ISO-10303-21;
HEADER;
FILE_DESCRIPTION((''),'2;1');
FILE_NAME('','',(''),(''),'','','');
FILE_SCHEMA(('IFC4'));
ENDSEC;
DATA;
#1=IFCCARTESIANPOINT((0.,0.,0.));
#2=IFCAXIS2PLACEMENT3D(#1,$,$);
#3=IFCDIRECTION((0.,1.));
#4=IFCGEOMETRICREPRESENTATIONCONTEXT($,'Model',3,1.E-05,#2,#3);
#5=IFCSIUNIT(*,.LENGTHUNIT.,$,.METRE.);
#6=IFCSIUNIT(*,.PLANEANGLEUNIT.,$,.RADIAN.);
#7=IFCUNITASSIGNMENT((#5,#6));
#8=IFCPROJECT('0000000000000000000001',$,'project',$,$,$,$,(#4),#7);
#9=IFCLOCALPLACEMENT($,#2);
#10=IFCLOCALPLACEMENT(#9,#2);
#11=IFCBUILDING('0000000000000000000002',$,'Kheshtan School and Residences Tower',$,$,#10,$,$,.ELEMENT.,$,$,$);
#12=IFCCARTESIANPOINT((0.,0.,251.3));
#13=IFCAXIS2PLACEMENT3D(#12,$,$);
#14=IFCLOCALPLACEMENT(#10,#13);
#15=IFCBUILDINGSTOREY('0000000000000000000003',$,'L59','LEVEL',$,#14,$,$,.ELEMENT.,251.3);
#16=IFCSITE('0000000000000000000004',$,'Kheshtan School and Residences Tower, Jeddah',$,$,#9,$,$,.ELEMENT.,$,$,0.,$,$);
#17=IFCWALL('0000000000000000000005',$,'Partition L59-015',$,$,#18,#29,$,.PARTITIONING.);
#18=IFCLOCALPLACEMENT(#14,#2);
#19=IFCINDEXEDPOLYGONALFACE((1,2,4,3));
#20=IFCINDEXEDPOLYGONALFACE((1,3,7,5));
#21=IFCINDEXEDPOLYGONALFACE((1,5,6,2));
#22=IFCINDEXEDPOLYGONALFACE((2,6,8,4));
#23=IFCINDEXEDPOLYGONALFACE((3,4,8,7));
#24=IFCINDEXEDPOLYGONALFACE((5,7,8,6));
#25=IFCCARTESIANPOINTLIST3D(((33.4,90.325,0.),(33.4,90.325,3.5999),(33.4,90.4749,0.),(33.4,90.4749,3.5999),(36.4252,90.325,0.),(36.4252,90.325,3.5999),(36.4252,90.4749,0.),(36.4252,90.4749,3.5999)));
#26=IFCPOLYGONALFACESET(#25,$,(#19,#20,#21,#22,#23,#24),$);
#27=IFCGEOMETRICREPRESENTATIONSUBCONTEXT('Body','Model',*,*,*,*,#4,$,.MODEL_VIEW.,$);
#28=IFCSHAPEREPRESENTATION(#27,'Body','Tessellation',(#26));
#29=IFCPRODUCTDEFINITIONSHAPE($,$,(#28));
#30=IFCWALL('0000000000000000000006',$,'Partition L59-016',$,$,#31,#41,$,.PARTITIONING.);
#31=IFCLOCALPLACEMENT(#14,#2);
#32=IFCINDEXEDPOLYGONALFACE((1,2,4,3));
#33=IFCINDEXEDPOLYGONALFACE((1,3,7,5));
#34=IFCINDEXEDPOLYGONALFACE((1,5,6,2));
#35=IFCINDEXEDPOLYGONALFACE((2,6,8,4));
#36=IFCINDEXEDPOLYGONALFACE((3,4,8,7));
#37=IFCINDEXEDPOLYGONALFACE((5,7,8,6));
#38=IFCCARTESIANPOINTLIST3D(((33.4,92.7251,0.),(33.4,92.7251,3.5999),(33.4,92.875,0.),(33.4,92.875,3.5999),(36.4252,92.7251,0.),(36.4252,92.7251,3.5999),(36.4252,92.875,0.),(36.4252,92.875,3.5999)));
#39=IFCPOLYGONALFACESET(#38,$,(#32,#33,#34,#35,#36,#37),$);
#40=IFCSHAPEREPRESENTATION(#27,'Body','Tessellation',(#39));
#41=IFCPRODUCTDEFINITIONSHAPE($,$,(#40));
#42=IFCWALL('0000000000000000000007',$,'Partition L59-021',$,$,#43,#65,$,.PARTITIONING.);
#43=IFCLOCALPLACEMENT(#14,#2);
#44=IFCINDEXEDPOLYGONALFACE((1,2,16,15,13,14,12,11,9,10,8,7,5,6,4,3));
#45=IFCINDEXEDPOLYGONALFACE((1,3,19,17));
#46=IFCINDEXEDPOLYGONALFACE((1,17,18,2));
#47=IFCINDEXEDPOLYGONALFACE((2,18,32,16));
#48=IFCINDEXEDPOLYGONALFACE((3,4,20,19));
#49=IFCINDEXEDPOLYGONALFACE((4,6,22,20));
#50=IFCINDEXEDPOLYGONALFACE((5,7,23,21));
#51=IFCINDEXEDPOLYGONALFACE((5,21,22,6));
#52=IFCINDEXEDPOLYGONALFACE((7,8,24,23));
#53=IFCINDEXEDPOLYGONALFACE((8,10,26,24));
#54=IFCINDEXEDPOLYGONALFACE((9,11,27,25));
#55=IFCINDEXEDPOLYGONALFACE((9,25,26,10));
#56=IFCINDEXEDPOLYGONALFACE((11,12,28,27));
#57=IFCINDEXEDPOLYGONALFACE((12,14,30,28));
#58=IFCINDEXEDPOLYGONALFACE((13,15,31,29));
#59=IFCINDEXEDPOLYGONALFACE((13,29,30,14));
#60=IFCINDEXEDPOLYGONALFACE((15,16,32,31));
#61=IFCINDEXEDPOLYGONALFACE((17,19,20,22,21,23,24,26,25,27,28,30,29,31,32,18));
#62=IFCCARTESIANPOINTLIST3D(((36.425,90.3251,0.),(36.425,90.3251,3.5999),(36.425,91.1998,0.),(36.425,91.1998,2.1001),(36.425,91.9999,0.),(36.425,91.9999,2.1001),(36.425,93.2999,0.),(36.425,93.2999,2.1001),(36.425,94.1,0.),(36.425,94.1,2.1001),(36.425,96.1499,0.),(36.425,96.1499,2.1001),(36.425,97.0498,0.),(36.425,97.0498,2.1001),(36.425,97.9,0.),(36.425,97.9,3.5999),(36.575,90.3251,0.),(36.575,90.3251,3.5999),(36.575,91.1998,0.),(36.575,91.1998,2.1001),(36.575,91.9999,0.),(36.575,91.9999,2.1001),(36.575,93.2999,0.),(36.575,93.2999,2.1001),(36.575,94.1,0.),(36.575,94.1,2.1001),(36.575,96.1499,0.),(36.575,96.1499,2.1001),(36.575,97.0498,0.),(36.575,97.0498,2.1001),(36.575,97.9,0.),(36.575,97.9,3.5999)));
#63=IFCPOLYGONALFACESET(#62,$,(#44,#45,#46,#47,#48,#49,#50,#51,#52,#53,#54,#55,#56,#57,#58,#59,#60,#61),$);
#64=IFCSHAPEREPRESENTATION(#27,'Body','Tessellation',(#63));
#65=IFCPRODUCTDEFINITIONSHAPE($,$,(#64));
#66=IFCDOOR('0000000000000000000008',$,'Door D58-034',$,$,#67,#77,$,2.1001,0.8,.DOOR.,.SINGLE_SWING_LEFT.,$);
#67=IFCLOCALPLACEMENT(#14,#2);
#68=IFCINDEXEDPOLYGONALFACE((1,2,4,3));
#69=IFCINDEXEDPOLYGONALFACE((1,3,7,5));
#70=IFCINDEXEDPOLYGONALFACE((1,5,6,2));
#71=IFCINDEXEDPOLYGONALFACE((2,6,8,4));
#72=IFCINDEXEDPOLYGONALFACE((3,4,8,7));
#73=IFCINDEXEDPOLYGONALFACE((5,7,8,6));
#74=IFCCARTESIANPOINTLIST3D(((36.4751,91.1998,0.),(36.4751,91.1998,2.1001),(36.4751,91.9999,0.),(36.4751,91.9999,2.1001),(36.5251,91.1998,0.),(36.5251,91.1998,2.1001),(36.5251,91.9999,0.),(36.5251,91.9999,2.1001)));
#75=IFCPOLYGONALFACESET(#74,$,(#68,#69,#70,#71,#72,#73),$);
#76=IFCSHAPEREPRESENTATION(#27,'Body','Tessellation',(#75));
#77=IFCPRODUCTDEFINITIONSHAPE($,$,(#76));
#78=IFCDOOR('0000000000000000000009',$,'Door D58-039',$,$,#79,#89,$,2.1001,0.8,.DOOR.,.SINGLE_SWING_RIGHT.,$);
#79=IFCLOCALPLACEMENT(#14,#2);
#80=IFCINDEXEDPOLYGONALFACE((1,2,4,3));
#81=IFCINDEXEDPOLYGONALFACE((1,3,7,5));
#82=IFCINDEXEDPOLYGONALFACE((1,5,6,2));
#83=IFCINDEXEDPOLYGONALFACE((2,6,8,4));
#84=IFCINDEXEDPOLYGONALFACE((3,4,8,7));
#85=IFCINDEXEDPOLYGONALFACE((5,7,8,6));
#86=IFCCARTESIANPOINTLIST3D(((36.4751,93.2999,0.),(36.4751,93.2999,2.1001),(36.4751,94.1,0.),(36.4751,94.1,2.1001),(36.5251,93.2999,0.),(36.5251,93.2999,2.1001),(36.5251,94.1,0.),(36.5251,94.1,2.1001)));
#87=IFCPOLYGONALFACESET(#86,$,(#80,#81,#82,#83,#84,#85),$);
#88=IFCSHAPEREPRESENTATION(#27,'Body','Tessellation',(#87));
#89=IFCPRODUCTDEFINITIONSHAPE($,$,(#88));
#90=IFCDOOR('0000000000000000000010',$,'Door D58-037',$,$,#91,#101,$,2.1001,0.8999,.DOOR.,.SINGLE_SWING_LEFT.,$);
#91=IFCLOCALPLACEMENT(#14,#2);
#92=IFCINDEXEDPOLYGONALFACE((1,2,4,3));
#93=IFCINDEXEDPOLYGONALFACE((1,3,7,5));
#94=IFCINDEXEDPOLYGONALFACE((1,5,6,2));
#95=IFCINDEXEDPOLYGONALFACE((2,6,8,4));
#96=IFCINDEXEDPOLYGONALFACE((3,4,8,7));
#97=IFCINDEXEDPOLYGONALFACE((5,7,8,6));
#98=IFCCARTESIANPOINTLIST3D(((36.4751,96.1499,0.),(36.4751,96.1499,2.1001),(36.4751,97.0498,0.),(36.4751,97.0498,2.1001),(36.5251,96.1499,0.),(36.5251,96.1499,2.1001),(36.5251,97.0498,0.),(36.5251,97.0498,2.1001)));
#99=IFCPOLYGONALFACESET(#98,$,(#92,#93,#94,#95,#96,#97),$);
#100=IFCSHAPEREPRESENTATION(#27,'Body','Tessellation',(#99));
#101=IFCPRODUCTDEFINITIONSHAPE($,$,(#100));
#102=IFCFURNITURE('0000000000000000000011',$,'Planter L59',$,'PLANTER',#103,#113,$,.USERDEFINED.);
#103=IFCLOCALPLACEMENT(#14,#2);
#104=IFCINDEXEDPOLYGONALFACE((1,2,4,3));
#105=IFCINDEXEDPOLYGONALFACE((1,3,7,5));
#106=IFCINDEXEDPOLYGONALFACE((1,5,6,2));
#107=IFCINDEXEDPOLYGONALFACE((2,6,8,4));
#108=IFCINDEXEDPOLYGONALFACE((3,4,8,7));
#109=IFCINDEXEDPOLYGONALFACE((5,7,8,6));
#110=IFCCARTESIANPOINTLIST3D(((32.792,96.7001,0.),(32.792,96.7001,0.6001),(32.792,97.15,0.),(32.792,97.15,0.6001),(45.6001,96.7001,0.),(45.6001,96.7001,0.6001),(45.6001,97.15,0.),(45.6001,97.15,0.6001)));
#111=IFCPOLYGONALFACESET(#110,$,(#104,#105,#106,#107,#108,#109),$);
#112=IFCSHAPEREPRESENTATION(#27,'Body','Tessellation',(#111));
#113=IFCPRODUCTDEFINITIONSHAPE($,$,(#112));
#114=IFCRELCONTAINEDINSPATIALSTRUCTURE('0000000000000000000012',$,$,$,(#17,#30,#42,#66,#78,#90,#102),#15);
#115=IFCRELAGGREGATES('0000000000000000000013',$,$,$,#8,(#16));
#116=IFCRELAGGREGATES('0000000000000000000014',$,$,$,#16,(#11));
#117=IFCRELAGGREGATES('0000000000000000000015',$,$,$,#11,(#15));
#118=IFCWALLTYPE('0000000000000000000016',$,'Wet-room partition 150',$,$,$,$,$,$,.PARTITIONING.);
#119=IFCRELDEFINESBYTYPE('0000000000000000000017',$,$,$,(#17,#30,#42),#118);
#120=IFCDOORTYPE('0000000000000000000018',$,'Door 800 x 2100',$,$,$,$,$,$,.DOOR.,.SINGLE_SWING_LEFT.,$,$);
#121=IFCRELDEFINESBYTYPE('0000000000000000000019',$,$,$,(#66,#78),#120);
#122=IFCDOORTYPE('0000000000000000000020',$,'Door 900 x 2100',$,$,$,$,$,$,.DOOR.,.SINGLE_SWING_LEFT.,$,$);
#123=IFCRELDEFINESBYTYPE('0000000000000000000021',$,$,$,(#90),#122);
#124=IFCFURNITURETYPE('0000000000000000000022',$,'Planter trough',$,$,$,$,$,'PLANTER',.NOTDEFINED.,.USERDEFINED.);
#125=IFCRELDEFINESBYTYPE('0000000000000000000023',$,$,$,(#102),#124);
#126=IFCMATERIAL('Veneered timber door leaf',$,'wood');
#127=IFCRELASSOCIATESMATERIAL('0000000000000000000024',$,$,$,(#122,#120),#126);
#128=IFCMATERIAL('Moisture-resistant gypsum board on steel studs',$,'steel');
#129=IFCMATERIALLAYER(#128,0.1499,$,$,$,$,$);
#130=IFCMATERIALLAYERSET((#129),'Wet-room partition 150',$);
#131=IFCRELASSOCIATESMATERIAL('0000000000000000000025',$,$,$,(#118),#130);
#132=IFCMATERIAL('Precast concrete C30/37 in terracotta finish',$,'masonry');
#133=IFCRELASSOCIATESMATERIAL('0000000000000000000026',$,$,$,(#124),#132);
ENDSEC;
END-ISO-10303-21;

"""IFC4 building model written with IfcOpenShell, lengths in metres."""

from ifc_helpers import new_model, si_unit, direction, frame, frame_2d, origin, origin_2d, place, context, subcontext, project, spatial, rectangle, extrude, source, transform, mapped, material, layer, layer_set, type_object, element, fill, save


model = new_model("IFC4")

# Units and contexts
model_context = context("Model", 3, precision=1e-05, world=origin(), true_north=direction((0.0, 1.0)))
body_context = subcontext(model_context, "Body", "Model", "MODEL_VIEW")
ifc_project = project(units=[si_unit("LENGTHUNIT", "METRE"), si_unit("PLANEANGLEUNIT", "RADIAN")], contexts=[model_context])

# Site, building, storey
site_placement = place(None, origin())
site = spatial("IfcSite", under=ifc_project, at=site_placement, Name="Kheshtan School and Residences Tower, Jeddah", CompositionType="ELEMENT", RefElevation=0.0)
building_placement = place(site_placement, origin())
building = spatial("IfcBuilding", under=site, at=building_placement, Name="Kheshtan School and Residences Tower", CompositionType="ELEMENT")
storey_placement = place(building_placement, frame((0.0, 0.0, 251.3)))
storey = spatial("IfcBuildingStorey", under=building, at=storey_placement, Name="L59", Description="LEVEL", CompositionType="ELEMENT", Elevation=251.3)

# Shared definitions
ifc_material_1 = material(Name="Veneered timber door leaf", Category="wood")
door_type_1 = type_object("IfcDoorType", Name="Door 900 x 2100", OperationType="SINGLE_SWING_LEFT", PredefinedType="DOOR", material=ifc_material_1)
shared_shape_1 = source(origin(), body_context, "Body", "SweptSolid", [
    extrude(rectangle(XDim=0.8999, YDim=2.1001, at=frame_2d((0.45, 1.05))), frame((0.0, 0.0249, 0.0), z_axis=(0.0, -1.0, 0.0), x_axis=(1.0, 0.0, 0.0)), (0.0, 0.0, 1.0), 0.05),
])

# Walls
ifc_material_2 = material(Name="Moisture-resistant gypsum board on steel studs", Category="steel")
ifc_layer_1 = layer(ifc_material_2, 0.1499)
ifc_layer_set_1 = layer_set([ifc_layer_1], Name="Wet-room partition 150")
wall_type_1 = type_object("IfcWallType", Name="Wet-room partition 150", PredefinedType="PARTITIONING", material=ifc_layer_set_1)
for number, where, z_axis, x_axis, name in (
    (1, (33.3999, 90.3999, 0.0), (0.0, 0.0, 1.0), (1.0, 0.0, 0.0), "Partition L59-015"),
    (2, (33.3999, 92.8, 0.0), (0.0, 0.0, 1.0), (1.0, 0.0, 0.0), "Partition L59-016"),
):
    element("IfcWall", number, at=place(storey_placement, frame(where, z_axis=z_axis, x_axis=x_axis)), inside=storey, type_object=wall_type_1, Name=name, PredefinedType="PARTITIONING", context=body_context, shape_type="SweptSolid", body=[
        extrude(rectangle(XDim=3.0251, YDim=0.1499, at=frame_2d((1.5127, 0.0))), origin(), (0.0, 0.0, 1.0), 3.5999),
    ])

# Wall, openings, doors
wall_1_placement = place(storey_placement, frame((36.5, 90.325, 0.0), z_axis=(0.0, 0.0, 1.0), x_axis=(0.0, 1.0, 0.0)))
wall_1 = element("IfcWall", 3, at=wall_1_placement, inside=storey, type_object=wall_type_1, Name="Partition L59-021", PredefinedType="PARTITIONING", context=body_context, shape_type="SweptSolid", body=[
    extrude(rectangle(XDim=7.575, YDim=0.1499, at=frame_2d((3.7876, 0.0))), origin(), (0.0, 0.0, 1.0), 3.5999),
])
opening_1_placement = place(wall_1_placement, frame((0.875, 0.0, 0.0)))
opening_1 = element("IfcOpeningElement", 4, at=opening_1_placement, cuts=wall_1, PredefinedType="OPENING", context=body_context, shape_type="SweptSolid", body=[
    extrude(rectangle(XDim=0.8, YDim=2.1001, at=frame_2d((0.3999, 1.05))), frame((0.0, 0.085, 0.0), z_axis=(0.0, -1.0, 0.0), x_axis=(1.0, 0.0, 0.0)), (0.0, 0.0, 1.0), 0.1699),
])
opening_2_placement = place(wall_1_placement, frame((5.825, 0.0, 0.0)))
opening_2 = element("IfcOpeningElement", 5, at=opening_2_placement, cuts=wall_1, PredefinedType="OPENING", context=body_context, shape_type="SweptSolid", body=[
    extrude(rectangle(XDim=0.8999, YDim=2.1001, at=frame_2d((0.45, 1.05))), frame((0.0, 0.085, 0.0), z_axis=(0.0, -1.0, 0.0), x_axis=(1.0, 0.0, 0.0)), (0.0, 0.0, 1.0), 0.1699),
])
opening_3_placement = place(wall_1_placement, frame((2.9751, 0.0, 0.0)))
opening_3 = element("IfcOpeningElement", 6, at=opening_3_placement, cuts=wall_1, PredefinedType="OPENING", context=body_context, shape_type="SweptSolid", body=[
    extrude(rectangle(XDim=0.8, YDim=2.1001, at=frame_2d((0.3999, 1.05))), frame((0.0, 0.085, 0.0), z_axis=(0.0, -1.0, 0.0), x_axis=(1.0, 0.0, 0.0)), (0.0, 0.0, 1.0), 0.1699),
])
door_type_2 = type_object("IfcDoorType", Name="Door 800 x 2100", OperationType="SINGLE_SWING_LEFT", PredefinedType="DOOR", material=ifc_material_1)
shared_shape_2 = source(origin(), body_context, "Body", "SweptSolid", [
    extrude(rectangle(XDim=0.8, YDim=2.1001, at=frame_2d((0.3999, 1.05))), frame((0.0, 0.0249, 0.0), z_axis=(0.0, -1.0, 0.0), x_axis=(1.0, 0.0, 0.0)), (0.0, 0.0, 1.0), 0.05),
])
door_1_placement = place(opening_1_placement, origin())
door_1 = element("IfcDoor", 7, at=door_1_placement, inside=storey, type_object=door_type_2, Name="Door D58-034", OperationType="SINGLE_SWING_LEFT", OverallHeight=2.1001, OverallWidth=0.8, PredefinedType="DOOR", context=body_context, shape_type="MappedRepresentation", body=[
    mapped(shared_shape_2, transform((0.0, 0.0, 0.0), x_axis=(1.0, 0.0, 0.0), y_axis=(0.0, 1.0, 0.0), z_axis=(0.0, 0.0, 1.0), scale=1.0)),
])
fill(opening_1, door_1)
door_2_placement = place(opening_3_placement, origin())
door_2 = element("IfcDoor", 8, at=door_2_placement, inside=storey, type_object=door_type_2, Name="Door D58-039", OperationType="SINGLE_SWING_RIGHT", OverallHeight=2.1001, OverallWidth=0.8, PredefinedType="DOOR", context=body_context, shape_type="MappedRepresentation", body=[
    mapped(shared_shape_2, transform((0.0, 0.0, 0.0), x_axis=(1.0, 0.0, 0.0), y_axis=(0.0, 1.0, 0.0), z_axis=(0.0, 0.0, 1.0), scale=1.0)),
])
fill(opening_3, door_2)
door_3_placement = place(opening_2_placement, origin())
door_3 = element("IfcDoor", 9, at=door_3_placement, inside=storey, type_object=door_type_1, Name="Door D58-037", OperationType="SINGLE_SWING_LEFT", OverallHeight=2.1001, OverallWidth=0.8999, PredefinedType="DOOR", context=body_context, shape_type="MappedRepresentation", body=[
    mapped(shared_shape_1, transform((0.0, 0.0, 0.0), x_axis=(1.0, 0.0, 0.0), y_axis=(0.0, 1.0, 0.0), z_axis=(0.0, 0.0, 1.0), scale=1.0)),
])
fill(opening_2, door_3)

# Furniture
ifc_material_3 = material(Name="Precast concrete C30/37 in terracotta finish", Category="masonry")
furniture_type = type_object("IfcFurnitureType", Name="Planter trough", ElementType="PLANTER", AssemblyPlace="NOTDEFINED", PredefinedType="USERDEFINED", material=ifc_material_3)
furniture_placement = place(storey_placement, frame((39.196, 96.925, 0.0), z_axis=(0.0, 0.0, 1.0), x_axis=(1.0, 0.0, 0.0)))
element("IfcFurniture", 10, at=furniture_placement, inside=storey, type_object=furniture_type, Name="Planter L59", ObjectType="PLANTER", PredefinedType="USERDEFINED", context=body_context, shape_type="SweptSolid", body=[
    extrude(rectangle(XDim=12.8081, YDim=0.45, at=origin_2d()), origin(), (0.0, 0.0, 1.0), 0.6001),
])

save(model, "model.ifc")
